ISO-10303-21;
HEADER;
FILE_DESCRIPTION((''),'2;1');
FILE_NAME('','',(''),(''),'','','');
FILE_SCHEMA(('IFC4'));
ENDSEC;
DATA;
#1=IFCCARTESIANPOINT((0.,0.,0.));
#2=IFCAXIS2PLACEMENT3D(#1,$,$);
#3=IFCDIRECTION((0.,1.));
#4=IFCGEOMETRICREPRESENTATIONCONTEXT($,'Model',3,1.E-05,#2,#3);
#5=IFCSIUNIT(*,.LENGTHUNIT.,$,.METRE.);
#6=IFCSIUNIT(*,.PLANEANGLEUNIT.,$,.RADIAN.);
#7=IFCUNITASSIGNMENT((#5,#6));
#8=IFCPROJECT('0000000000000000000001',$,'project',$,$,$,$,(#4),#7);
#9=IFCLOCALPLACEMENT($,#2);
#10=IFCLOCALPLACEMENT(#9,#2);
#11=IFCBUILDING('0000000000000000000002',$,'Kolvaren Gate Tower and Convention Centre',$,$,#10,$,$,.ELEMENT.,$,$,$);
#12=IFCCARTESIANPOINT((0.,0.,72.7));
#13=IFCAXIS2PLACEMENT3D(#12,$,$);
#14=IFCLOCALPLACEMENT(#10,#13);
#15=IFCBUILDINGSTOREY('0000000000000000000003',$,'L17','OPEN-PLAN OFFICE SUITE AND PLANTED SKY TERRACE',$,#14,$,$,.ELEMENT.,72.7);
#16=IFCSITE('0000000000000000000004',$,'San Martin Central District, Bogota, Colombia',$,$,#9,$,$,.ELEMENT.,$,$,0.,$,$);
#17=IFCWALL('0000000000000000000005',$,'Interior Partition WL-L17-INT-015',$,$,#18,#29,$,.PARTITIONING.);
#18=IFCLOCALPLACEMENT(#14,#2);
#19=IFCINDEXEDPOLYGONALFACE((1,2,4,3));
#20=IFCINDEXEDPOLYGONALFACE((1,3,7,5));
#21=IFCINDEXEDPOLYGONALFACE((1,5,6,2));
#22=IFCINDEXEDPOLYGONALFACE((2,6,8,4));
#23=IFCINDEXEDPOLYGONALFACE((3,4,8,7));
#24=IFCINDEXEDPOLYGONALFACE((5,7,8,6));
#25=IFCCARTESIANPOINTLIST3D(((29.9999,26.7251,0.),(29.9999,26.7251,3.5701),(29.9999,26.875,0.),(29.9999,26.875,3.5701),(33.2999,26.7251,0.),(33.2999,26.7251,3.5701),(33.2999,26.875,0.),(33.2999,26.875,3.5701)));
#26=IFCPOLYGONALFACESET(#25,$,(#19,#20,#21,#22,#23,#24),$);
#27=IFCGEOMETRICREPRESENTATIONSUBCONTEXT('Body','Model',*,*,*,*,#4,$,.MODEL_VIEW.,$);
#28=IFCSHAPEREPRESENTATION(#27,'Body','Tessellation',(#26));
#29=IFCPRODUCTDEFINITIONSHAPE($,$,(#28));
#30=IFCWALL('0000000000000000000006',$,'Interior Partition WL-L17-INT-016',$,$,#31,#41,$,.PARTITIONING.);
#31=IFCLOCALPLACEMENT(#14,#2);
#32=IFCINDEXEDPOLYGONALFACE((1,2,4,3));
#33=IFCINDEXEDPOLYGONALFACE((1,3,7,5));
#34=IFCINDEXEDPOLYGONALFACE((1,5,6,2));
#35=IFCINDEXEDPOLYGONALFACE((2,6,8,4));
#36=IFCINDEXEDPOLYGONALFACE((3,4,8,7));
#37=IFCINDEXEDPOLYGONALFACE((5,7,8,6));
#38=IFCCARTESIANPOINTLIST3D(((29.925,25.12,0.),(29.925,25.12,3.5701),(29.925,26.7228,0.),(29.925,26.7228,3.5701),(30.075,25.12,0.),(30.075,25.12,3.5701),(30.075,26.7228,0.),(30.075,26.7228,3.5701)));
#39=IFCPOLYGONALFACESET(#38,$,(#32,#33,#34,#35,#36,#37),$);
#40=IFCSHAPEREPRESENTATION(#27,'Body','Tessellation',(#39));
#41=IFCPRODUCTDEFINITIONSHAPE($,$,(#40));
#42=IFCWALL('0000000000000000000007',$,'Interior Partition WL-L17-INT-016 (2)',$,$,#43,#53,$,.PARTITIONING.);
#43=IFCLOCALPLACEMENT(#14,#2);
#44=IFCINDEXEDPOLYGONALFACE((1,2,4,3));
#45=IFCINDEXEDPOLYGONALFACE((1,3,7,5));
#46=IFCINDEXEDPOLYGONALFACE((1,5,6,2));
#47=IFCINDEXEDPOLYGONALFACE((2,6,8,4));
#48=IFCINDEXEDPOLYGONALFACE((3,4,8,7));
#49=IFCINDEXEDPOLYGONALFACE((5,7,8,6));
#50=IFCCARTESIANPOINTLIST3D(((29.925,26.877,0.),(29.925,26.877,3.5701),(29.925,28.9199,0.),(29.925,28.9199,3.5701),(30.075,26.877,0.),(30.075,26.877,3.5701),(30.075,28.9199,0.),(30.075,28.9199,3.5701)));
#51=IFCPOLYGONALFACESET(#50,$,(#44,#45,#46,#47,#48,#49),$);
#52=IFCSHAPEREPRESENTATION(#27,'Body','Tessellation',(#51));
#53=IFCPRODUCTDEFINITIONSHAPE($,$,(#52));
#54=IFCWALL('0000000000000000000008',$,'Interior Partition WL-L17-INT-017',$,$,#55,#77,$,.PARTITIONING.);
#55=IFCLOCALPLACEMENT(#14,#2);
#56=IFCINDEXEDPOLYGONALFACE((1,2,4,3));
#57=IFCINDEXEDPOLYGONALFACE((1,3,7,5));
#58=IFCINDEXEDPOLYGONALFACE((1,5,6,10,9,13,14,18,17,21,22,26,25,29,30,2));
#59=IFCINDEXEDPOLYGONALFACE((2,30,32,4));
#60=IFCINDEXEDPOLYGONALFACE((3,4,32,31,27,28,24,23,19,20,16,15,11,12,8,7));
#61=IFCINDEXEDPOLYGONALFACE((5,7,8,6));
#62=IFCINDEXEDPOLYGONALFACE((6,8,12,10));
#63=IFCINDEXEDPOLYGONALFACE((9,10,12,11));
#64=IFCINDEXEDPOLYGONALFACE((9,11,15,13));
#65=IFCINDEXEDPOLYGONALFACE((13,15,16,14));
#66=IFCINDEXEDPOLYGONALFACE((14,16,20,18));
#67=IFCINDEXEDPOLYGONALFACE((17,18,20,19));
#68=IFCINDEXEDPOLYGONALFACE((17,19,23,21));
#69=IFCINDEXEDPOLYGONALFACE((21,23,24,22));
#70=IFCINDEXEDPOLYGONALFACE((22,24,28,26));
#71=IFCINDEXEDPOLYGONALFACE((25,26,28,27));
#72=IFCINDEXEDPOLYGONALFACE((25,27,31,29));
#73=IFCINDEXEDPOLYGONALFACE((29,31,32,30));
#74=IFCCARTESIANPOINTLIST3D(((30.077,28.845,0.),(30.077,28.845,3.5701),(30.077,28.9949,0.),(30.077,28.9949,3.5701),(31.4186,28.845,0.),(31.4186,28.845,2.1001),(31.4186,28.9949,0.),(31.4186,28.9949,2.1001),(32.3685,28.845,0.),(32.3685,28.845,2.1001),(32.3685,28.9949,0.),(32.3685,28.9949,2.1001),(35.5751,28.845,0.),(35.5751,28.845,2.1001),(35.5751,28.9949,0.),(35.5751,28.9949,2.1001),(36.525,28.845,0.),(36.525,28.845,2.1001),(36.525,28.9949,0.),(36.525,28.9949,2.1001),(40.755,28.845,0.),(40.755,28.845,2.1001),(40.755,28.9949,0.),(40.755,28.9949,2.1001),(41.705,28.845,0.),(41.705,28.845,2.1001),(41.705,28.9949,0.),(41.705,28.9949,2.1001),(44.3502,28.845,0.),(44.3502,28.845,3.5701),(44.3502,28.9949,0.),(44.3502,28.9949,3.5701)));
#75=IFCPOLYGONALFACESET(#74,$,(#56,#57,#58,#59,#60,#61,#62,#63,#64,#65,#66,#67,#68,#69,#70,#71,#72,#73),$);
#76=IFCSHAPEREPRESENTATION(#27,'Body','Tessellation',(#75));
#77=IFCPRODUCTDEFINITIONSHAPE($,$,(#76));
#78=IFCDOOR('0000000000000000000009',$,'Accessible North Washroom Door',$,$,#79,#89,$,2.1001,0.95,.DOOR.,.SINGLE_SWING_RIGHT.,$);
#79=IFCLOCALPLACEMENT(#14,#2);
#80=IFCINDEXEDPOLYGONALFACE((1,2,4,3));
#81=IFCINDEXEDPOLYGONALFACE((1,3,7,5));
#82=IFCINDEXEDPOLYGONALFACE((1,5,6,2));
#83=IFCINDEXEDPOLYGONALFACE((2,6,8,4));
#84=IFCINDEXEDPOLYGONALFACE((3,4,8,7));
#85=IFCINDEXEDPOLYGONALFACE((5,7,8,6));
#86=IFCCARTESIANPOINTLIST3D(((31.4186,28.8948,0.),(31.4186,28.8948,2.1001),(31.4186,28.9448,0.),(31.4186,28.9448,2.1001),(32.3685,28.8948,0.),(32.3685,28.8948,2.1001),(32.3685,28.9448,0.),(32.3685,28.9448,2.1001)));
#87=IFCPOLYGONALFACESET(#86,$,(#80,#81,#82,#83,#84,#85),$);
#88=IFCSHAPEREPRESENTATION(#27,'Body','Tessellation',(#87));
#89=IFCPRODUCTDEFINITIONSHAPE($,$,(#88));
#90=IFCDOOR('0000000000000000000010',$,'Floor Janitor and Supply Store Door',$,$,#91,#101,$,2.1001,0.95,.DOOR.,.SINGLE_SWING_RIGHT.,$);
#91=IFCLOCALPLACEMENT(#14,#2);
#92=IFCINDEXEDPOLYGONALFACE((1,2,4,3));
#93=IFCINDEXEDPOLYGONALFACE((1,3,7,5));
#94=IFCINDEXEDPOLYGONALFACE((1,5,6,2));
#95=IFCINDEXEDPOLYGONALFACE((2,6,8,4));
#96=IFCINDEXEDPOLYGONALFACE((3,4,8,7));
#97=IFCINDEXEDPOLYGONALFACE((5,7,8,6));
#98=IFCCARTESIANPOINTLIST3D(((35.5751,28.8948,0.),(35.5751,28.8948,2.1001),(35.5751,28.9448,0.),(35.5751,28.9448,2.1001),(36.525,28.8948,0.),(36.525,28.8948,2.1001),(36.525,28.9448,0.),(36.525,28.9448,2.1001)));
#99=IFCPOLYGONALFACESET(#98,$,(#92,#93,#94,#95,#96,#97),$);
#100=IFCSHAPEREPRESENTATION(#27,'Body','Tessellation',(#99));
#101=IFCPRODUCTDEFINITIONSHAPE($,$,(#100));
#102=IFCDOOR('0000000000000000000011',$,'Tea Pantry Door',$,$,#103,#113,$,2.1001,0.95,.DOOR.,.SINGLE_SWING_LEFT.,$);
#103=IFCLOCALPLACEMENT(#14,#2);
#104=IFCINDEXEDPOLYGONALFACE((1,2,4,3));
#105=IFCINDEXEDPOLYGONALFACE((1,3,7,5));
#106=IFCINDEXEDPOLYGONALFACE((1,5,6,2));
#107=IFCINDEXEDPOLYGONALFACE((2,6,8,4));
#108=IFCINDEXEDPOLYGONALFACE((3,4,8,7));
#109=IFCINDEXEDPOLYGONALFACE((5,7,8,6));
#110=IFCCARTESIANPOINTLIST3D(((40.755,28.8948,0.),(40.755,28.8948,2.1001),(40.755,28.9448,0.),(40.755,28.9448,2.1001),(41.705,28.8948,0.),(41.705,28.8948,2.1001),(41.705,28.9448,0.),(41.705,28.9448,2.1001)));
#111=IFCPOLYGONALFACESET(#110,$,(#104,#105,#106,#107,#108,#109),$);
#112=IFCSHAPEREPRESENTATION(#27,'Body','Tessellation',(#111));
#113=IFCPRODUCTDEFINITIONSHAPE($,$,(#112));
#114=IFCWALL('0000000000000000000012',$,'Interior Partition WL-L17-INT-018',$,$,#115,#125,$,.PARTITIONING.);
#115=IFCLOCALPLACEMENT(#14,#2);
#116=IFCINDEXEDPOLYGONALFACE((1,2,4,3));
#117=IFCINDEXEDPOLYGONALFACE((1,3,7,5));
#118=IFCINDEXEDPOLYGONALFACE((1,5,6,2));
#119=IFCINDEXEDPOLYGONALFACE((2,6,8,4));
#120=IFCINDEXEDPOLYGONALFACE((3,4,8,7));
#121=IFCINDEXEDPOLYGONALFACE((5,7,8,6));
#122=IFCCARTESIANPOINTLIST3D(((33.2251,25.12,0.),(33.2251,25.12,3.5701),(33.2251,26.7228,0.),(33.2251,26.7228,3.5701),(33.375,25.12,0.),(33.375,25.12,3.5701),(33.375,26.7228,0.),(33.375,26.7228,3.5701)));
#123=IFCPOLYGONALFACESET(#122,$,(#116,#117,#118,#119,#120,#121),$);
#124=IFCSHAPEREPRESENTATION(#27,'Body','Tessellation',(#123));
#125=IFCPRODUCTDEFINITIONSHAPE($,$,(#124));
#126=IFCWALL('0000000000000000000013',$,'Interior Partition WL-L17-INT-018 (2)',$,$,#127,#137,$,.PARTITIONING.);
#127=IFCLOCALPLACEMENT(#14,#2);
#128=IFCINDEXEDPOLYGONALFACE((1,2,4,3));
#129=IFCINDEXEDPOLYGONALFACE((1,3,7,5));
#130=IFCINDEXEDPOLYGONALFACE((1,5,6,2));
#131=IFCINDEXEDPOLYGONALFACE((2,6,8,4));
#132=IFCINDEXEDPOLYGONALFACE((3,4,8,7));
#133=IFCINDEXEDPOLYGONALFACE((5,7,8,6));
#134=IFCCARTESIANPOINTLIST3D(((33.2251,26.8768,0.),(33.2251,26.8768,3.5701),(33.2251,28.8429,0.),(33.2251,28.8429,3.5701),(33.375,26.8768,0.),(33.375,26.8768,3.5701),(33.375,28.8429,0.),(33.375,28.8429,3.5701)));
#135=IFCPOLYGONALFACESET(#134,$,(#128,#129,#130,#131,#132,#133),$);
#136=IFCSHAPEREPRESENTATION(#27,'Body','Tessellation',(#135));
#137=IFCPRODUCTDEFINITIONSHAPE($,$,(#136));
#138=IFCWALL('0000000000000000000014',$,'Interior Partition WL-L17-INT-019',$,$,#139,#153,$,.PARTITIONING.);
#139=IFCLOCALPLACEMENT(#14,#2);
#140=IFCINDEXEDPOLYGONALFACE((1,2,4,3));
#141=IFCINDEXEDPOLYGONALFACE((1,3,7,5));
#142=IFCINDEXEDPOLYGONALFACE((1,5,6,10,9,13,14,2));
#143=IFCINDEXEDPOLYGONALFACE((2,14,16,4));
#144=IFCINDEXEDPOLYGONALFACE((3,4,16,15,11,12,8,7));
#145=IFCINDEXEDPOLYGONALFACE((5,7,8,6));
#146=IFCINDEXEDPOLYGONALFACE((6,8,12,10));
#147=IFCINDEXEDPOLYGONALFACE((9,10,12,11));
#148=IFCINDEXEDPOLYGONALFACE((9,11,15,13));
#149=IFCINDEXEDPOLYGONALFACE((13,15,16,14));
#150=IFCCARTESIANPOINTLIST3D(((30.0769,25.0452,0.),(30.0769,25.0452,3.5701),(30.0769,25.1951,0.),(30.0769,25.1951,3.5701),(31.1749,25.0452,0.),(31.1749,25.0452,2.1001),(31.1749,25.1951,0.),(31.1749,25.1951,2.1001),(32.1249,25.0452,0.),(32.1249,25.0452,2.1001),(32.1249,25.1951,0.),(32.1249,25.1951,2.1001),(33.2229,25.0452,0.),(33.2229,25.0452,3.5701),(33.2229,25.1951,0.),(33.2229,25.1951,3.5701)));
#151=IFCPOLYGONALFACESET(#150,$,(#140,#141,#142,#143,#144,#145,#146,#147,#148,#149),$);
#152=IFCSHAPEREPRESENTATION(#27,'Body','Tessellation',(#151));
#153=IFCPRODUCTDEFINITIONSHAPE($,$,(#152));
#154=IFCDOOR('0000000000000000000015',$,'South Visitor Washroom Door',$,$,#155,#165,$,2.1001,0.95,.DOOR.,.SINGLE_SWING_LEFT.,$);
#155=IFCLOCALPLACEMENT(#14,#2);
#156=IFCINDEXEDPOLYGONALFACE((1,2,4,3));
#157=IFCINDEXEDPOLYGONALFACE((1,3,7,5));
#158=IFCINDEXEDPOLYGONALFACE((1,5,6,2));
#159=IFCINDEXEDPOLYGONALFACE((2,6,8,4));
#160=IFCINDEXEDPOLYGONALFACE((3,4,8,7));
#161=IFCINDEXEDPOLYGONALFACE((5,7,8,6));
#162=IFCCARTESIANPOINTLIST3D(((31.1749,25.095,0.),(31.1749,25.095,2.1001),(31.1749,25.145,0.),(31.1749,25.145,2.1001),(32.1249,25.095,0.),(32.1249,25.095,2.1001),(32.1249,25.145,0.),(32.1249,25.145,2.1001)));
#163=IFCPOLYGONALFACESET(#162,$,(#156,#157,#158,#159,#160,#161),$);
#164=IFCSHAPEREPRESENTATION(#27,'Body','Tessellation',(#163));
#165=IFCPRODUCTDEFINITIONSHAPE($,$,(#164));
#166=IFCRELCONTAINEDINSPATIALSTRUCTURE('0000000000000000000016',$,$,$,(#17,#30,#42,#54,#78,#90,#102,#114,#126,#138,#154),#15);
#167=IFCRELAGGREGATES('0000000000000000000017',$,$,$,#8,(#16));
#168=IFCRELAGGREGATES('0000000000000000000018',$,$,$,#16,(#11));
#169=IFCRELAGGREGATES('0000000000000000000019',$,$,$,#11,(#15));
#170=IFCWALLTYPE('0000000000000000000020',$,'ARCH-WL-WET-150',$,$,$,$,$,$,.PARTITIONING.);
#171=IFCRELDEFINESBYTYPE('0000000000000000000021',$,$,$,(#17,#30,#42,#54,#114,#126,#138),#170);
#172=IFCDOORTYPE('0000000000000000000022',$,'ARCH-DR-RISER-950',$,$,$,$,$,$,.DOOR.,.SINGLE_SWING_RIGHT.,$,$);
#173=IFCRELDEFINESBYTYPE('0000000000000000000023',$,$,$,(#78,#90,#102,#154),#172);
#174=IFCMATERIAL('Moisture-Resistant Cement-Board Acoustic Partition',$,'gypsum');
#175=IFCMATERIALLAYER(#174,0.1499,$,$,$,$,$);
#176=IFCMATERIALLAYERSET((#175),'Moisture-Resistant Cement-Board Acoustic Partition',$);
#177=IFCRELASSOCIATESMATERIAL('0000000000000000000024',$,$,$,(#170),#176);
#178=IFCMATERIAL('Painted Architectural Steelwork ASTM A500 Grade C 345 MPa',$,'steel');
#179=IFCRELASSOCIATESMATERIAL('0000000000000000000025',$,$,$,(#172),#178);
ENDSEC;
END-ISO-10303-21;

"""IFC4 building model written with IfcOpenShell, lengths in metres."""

from ifc_helpers import new_model, si_unit, direction, frame, frame_2d, origin, place, context, subcontext, project, spatial, rectangle, extrude, material, layer, layer_set, type_object, element, fill, save


model = new_model("IFC4")

# Units and contexts
model_context = context("Model", 3, precision=1e-05, world=origin(), true_north=direction((0.0, 1.0)))
body_context = subcontext(model_context, "Body", "Model", "MODEL_VIEW")
ifc_project = project(units=[si_unit("LENGTHUNIT", "METRE"), si_unit("PLANEANGLEUNIT", "RADIAN")], contexts=[model_context])

# Site, building, storey
site_placement = place(None, origin())
site = spatial("IfcSite", under=ifc_project, at=site_placement, Name="San Martin Central District, Bogota, Colombia", CompositionType="ELEMENT", RefElevation=0.0)
building_placement = place(site_placement, origin())
building = spatial("IfcBuilding", under=site, at=building_placement, Name="Kolvaren Gate Tower and Convention Centre", CompositionType="ELEMENT")
storey_placement = place(building_placement, frame((0.0, 0.0, 72.7)))
storey = spatial("IfcBuildingStorey", under=building, at=storey_placement, Name="L17", Description="OPEN-PLAN OFFICE SUITE AND PLANTED SKY TERRACE", CompositionType="ELEMENT", Elevation=72.7)

# Walls
ifc_material_1 = material(Name="Moisture-Resistant Cement-Board Acoustic Partition", Category="gypsum")
ifc_layer_1 = layer(ifc_material_1, 0.1499)
ifc_layer_set_1 = layer_set([ifc_layer_1], Name="Moisture-Resistant Cement-Board Acoustic Partition")
wall_type_1 = type_object("IfcWallType", Name="ARCH-WL-WET-150", PredefinedType="PARTITIONING", material=ifc_layer_set_1)
wall_1_placement = place(storey_placement, frame((30.0, 26.8, 0.0), z_axis=(0.0, 0.0, 1.0), x_axis=(1.0, 0.0, 0.0)))
element("IfcWall", 1, at=wall_1_placement, inside=storey, type_object=wall_type_1, Name="Interior Partition WL-L17-INT-015", PredefinedType="PARTITIONING", context=body_context, shape_type="SweptSolid", body=[
    extrude(rectangle(XDim=3.3, YDim=0.1499, at=frame_2d((1.6499, 0.0))), origin(), (0.0, 0.0, 1.0), 3.5701),
])
wall_2_placement = place(storey_placement, frame((30.0, 25.1201, 0.0), z_axis=(0.0, 0.0, 1.0), x_axis=(0.0, 1.0, 0.0)))
element("IfcWall", 2, at=wall_2_placement, inside=storey, type_object=wall_type_1, Name="Interior Partition WL-L17-INT-016", PredefinedType="PARTITIONING", context=body_context, shape_type="SweptSolid", body=[
    extrude(rectangle(XDim=1.6028, YDim=0.1499, at=frame_2d((0.8013, 0.0))), origin(), (0.0, 0.0, 1.0), 3.5701),
])
wall_3_placement = place(storey_placement, frame((30.0, 26.877, 0.0), z_axis=(0.0, 0.0, 1.0), x_axis=(0.0, 1.0, 0.0)))
element("IfcWall", 3, at=wall_3_placement, inside=storey, type_object=wall_type_1, Name="Interior Partition WL-L17-INT-016 (2)", PredefinedType="PARTITIONING", context=body_context, shape_type="SweptSolid", body=[
    extrude(rectangle(XDim=2.043, YDim=0.1499, at=frame_2d((1.0215, 0.0))), origin(), (0.0, 0.0, 1.0), 3.5701),
])

# Wall, openings, doors
wall_4_placement = place(storey_placement, frame((30.0769, 28.9199, 0.0), z_axis=(0.0, 0.0, 1.0), x_axis=(1.0, 0.0, 0.0)))
wall_4 = element("IfcWall", 4, at=wall_4_placement, inside=storey, type_object=wall_type_1, Name="Interior Partition WL-L17-INT-017", PredefinedType="PARTITIONING", context=body_context, shape_type="SweptSolid", body=[
    extrude(rectangle(XDim=14.2732, YDim=0.1499, at=frame_2d((7.1367, 0.0))), origin(), (0.0, 0.0, 1.0), 3.5701),
])
opening_1_placement = place(wall_4_placement, frame((1.3416, 0.0, 0.0)))
opening_1 = element("IfcOpeningElement", 5, at=opening_1_placement, cuts=wall_4, PredefinedType="OPENING", context=body_context, shape_type="SweptSolid", body=[
    extrude(rectangle(XDim=0.95, YDim=2.1001, at=frame_2d((0.4751, 1.05))), frame((0.0, 0.085, 0.0), z_axis=(0.0, -1.0, 0.0), x_axis=(1.0, 0.0, 0.0)), (0.0, 0.0, 1.0), 0.1699),
])
opening_2_placement = place(wall_4_placement, frame((5.498, 0.0, 0.0)))
opening_2 = element("IfcOpeningElement", 6, at=opening_2_placement, cuts=wall_4, PredefinedType="OPENING", context=body_context, shape_type="SweptSolid", body=[
    extrude(rectangle(XDim=0.95, YDim=2.1001, at=frame_2d((0.4751, 1.05))), frame((0.0, 0.085, 0.0), z_axis=(0.0, -1.0, 0.0), x_axis=(1.0, 0.0, 0.0)), (0.0, 0.0, 1.0), 0.1699),
])
opening_3_placement = place(wall_4_placement, frame((10.678, 0.0, 0.0)))
opening_3 = element("IfcOpeningElement", 7, at=opening_3_placement, cuts=wall_4, PredefinedType="OPENING", context=body_context, shape_type="SweptSolid", body=[
    extrude(rectangle(XDim=0.95, YDim=2.1001, at=frame_2d((0.4751, 1.05))), frame((0.0, 0.085, 0.0), z_axis=(0.0, -1.0, 0.0), x_axis=(1.0, 0.0, 0.0)), (0.0, 0.0, 1.0), 0.1699),
])
ifc_material_2 = material(Name="Painted Architectural Steelwork ASTM A500 Grade C 345 MPa", Category="steel")
door_type_1 = type_object("IfcDoorType", Name="ARCH-DR-RISER-950", OperationType="SINGLE_SWING_RIGHT", PredefinedType="DOOR", material=ifc_material_2)
door_1_placement = place(opening_1_placement, origin())
door_1 = element("IfcDoor", 8, at=door_1_placement, inside=storey, type_object=door_type_1, Name="Accessible North Washroom Door", OperationType="SINGLE_SWING_RIGHT", OverallHeight=2.1001, OverallWidth=0.95, PredefinedType="DOOR", context=body_context, shape_type="SweptSolid", body=[
    extrude(rectangle(XDim=0.95, YDim=2.1001, at=frame_2d((0.4751, 1.05))), frame((0.0, 0.0249, 0.0), z_axis=(0.0, -1.0, 0.0), x_axis=(1.0, 0.0, 0.0)), (0.0, 0.0, 1.0), 0.05),
])
fill(opening_1, door_1)
door_2_placement = place(opening_2_placement, origin())
door_2 = element("IfcDoor", 9, at=door_2_placement, inside=storey, type_object=door_type_1, Name="Floor Janitor and Supply Store Door", OperationType="SINGLE_SWING_RIGHT", OverallHeight=2.1001, OverallWidth=0.95, PredefinedType="DOOR", context=body_context, shape_type="SweptSolid", body=[
    extrude(rectangle(XDim=0.95, YDim=2.1001, at=frame_2d((0.4751, 1.05))), frame((0.0, 0.0249, 0.0), z_axis=(0.0, -1.0, 0.0), x_axis=(1.0, 0.0, 0.0)), (0.0, 0.0, 1.0), 0.05),
])
fill(opening_2, door_2)
door_3_placement = place(opening_3_placement, origin())
door_3 = element("IfcDoor", 10, at=door_3_placement, inside=storey, type_object=door_type_1, Name="Tea Pantry Door", OperationType="SINGLE_SWING_LEFT", OverallHeight=2.1001, OverallWidth=0.95, PredefinedType="DOOR", context=body_context, shape_type="SweptSolid", body=[
    extrude(rectangle(XDim=0.95, YDim=2.1001, at=frame_2d((0.4751, 1.05))), frame((0.0, 0.0249, 0.0), z_axis=(0.0, -1.0, 0.0), x_axis=(1.0, 0.0, 0.0)), (0.0, 0.0, 1.0), 0.05),
])
fill(opening_3, door_3)

# Walls
wall_5_placement = place(storey_placement, frame((33.3, 25.1201, 0.0), z_axis=(0.0, 0.0, 1.0), x_axis=(0.0, 1.0, 0.0)))
element("IfcWall", 11, at=wall_5_placement, inside=storey, type_object=wall_type_1, Name="Interior Partition WL-L17-INT-018", PredefinedType="PARTITIONING", context=body_context, shape_type="SweptSolid", body=[
    extrude(rectangle(XDim=1.6028, YDim=0.1499, at=frame_2d((0.8013, 0.0))), origin(), (0.0, 0.0, 1.0), 3.5701),
])
wall_6_placement = place(storey_placement, frame((33.3, 26.877, 0.0), z_axis=(0.0, 0.0, 1.0), x_axis=(0.0, 1.0, 0.0)))
element("IfcWall", 12, at=wall_6_placement, inside=storey, type_object=wall_type_1, Name="Interior Partition WL-L17-INT-018 (2)", PredefinedType="PARTITIONING", context=body_context, shape_type="SweptSolid", body=[
    extrude(rectangle(XDim=1.9661, YDim=0.1499, at=frame_2d((0.9829, 0.0))), origin(), (0.0, 0.0, 1.0), 3.5701),
])

# Wall, opening, door
wall_7_placement = place(storey_placement, frame((30.0769, 25.1201, 0.0), z_axis=(0.0, 0.0, 1.0), x_axis=(1.0, 0.0, 0.0)))
wall_7 = element("IfcWall", 13, at=wall_7_placement, inside=storey, type_object=wall_type_1, Name="Interior Partition WL-L17-INT-019", PredefinedType="PARTITIONING", context=body_context, shape_type="SweptSolid", body=[
    extrude(rectangle(XDim=3.146, YDim=0.1499, at=frame_2d((1.573, 0.0))), origin(), (0.0, 0.0, 1.0), 3.5701),
])
opening_4_placement = place(wall_7_placement, frame((1.0979, 0.0, 0.0)))
opening_4 = element("IfcOpeningElement", 14, at=opening_4_placement, cuts=wall_7, PredefinedType="OPENING", context=body_context, shape_type="SweptSolid", body=[
    extrude(rectangle(XDim=0.95, YDim=2.1001, at=frame_2d((0.4751, 1.05))), frame((0.0, 0.085, 0.0), z_axis=(0.0, -1.0, 0.0), x_axis=(1.0, 0.0, 0.0)), (0.0, 0.0, 1.0), 0.1699),
])
door_4_placement = place(opening_4_placement, origin())
door_4 = element("IfcDoor", 15, at=door_4_placement, inside=storey, type_object=door_type_1, Name="South Visitor Washroom Door", OperationType="SINGLE_SWING_LEFT", OverallHeight=2.1001, OverallWidth=0.95, PredefinedType="DOOR", context=body_context, shape_type="SweptSolid", body=[
    extrude(rectangle(XDim=0.95, YDim=2.1001, at=frame_2d((0.4751, 1.05))), frame((0.0, 0.0249, 0.0), z_axis=(0.0, -1.0, 0.0), x_axis=(1.0, 0.0, 0.0)), (0.0, 0.0, 1.0), 0.05),
])
fill(opening_4, door_4)

save(model, "model.ifc")
